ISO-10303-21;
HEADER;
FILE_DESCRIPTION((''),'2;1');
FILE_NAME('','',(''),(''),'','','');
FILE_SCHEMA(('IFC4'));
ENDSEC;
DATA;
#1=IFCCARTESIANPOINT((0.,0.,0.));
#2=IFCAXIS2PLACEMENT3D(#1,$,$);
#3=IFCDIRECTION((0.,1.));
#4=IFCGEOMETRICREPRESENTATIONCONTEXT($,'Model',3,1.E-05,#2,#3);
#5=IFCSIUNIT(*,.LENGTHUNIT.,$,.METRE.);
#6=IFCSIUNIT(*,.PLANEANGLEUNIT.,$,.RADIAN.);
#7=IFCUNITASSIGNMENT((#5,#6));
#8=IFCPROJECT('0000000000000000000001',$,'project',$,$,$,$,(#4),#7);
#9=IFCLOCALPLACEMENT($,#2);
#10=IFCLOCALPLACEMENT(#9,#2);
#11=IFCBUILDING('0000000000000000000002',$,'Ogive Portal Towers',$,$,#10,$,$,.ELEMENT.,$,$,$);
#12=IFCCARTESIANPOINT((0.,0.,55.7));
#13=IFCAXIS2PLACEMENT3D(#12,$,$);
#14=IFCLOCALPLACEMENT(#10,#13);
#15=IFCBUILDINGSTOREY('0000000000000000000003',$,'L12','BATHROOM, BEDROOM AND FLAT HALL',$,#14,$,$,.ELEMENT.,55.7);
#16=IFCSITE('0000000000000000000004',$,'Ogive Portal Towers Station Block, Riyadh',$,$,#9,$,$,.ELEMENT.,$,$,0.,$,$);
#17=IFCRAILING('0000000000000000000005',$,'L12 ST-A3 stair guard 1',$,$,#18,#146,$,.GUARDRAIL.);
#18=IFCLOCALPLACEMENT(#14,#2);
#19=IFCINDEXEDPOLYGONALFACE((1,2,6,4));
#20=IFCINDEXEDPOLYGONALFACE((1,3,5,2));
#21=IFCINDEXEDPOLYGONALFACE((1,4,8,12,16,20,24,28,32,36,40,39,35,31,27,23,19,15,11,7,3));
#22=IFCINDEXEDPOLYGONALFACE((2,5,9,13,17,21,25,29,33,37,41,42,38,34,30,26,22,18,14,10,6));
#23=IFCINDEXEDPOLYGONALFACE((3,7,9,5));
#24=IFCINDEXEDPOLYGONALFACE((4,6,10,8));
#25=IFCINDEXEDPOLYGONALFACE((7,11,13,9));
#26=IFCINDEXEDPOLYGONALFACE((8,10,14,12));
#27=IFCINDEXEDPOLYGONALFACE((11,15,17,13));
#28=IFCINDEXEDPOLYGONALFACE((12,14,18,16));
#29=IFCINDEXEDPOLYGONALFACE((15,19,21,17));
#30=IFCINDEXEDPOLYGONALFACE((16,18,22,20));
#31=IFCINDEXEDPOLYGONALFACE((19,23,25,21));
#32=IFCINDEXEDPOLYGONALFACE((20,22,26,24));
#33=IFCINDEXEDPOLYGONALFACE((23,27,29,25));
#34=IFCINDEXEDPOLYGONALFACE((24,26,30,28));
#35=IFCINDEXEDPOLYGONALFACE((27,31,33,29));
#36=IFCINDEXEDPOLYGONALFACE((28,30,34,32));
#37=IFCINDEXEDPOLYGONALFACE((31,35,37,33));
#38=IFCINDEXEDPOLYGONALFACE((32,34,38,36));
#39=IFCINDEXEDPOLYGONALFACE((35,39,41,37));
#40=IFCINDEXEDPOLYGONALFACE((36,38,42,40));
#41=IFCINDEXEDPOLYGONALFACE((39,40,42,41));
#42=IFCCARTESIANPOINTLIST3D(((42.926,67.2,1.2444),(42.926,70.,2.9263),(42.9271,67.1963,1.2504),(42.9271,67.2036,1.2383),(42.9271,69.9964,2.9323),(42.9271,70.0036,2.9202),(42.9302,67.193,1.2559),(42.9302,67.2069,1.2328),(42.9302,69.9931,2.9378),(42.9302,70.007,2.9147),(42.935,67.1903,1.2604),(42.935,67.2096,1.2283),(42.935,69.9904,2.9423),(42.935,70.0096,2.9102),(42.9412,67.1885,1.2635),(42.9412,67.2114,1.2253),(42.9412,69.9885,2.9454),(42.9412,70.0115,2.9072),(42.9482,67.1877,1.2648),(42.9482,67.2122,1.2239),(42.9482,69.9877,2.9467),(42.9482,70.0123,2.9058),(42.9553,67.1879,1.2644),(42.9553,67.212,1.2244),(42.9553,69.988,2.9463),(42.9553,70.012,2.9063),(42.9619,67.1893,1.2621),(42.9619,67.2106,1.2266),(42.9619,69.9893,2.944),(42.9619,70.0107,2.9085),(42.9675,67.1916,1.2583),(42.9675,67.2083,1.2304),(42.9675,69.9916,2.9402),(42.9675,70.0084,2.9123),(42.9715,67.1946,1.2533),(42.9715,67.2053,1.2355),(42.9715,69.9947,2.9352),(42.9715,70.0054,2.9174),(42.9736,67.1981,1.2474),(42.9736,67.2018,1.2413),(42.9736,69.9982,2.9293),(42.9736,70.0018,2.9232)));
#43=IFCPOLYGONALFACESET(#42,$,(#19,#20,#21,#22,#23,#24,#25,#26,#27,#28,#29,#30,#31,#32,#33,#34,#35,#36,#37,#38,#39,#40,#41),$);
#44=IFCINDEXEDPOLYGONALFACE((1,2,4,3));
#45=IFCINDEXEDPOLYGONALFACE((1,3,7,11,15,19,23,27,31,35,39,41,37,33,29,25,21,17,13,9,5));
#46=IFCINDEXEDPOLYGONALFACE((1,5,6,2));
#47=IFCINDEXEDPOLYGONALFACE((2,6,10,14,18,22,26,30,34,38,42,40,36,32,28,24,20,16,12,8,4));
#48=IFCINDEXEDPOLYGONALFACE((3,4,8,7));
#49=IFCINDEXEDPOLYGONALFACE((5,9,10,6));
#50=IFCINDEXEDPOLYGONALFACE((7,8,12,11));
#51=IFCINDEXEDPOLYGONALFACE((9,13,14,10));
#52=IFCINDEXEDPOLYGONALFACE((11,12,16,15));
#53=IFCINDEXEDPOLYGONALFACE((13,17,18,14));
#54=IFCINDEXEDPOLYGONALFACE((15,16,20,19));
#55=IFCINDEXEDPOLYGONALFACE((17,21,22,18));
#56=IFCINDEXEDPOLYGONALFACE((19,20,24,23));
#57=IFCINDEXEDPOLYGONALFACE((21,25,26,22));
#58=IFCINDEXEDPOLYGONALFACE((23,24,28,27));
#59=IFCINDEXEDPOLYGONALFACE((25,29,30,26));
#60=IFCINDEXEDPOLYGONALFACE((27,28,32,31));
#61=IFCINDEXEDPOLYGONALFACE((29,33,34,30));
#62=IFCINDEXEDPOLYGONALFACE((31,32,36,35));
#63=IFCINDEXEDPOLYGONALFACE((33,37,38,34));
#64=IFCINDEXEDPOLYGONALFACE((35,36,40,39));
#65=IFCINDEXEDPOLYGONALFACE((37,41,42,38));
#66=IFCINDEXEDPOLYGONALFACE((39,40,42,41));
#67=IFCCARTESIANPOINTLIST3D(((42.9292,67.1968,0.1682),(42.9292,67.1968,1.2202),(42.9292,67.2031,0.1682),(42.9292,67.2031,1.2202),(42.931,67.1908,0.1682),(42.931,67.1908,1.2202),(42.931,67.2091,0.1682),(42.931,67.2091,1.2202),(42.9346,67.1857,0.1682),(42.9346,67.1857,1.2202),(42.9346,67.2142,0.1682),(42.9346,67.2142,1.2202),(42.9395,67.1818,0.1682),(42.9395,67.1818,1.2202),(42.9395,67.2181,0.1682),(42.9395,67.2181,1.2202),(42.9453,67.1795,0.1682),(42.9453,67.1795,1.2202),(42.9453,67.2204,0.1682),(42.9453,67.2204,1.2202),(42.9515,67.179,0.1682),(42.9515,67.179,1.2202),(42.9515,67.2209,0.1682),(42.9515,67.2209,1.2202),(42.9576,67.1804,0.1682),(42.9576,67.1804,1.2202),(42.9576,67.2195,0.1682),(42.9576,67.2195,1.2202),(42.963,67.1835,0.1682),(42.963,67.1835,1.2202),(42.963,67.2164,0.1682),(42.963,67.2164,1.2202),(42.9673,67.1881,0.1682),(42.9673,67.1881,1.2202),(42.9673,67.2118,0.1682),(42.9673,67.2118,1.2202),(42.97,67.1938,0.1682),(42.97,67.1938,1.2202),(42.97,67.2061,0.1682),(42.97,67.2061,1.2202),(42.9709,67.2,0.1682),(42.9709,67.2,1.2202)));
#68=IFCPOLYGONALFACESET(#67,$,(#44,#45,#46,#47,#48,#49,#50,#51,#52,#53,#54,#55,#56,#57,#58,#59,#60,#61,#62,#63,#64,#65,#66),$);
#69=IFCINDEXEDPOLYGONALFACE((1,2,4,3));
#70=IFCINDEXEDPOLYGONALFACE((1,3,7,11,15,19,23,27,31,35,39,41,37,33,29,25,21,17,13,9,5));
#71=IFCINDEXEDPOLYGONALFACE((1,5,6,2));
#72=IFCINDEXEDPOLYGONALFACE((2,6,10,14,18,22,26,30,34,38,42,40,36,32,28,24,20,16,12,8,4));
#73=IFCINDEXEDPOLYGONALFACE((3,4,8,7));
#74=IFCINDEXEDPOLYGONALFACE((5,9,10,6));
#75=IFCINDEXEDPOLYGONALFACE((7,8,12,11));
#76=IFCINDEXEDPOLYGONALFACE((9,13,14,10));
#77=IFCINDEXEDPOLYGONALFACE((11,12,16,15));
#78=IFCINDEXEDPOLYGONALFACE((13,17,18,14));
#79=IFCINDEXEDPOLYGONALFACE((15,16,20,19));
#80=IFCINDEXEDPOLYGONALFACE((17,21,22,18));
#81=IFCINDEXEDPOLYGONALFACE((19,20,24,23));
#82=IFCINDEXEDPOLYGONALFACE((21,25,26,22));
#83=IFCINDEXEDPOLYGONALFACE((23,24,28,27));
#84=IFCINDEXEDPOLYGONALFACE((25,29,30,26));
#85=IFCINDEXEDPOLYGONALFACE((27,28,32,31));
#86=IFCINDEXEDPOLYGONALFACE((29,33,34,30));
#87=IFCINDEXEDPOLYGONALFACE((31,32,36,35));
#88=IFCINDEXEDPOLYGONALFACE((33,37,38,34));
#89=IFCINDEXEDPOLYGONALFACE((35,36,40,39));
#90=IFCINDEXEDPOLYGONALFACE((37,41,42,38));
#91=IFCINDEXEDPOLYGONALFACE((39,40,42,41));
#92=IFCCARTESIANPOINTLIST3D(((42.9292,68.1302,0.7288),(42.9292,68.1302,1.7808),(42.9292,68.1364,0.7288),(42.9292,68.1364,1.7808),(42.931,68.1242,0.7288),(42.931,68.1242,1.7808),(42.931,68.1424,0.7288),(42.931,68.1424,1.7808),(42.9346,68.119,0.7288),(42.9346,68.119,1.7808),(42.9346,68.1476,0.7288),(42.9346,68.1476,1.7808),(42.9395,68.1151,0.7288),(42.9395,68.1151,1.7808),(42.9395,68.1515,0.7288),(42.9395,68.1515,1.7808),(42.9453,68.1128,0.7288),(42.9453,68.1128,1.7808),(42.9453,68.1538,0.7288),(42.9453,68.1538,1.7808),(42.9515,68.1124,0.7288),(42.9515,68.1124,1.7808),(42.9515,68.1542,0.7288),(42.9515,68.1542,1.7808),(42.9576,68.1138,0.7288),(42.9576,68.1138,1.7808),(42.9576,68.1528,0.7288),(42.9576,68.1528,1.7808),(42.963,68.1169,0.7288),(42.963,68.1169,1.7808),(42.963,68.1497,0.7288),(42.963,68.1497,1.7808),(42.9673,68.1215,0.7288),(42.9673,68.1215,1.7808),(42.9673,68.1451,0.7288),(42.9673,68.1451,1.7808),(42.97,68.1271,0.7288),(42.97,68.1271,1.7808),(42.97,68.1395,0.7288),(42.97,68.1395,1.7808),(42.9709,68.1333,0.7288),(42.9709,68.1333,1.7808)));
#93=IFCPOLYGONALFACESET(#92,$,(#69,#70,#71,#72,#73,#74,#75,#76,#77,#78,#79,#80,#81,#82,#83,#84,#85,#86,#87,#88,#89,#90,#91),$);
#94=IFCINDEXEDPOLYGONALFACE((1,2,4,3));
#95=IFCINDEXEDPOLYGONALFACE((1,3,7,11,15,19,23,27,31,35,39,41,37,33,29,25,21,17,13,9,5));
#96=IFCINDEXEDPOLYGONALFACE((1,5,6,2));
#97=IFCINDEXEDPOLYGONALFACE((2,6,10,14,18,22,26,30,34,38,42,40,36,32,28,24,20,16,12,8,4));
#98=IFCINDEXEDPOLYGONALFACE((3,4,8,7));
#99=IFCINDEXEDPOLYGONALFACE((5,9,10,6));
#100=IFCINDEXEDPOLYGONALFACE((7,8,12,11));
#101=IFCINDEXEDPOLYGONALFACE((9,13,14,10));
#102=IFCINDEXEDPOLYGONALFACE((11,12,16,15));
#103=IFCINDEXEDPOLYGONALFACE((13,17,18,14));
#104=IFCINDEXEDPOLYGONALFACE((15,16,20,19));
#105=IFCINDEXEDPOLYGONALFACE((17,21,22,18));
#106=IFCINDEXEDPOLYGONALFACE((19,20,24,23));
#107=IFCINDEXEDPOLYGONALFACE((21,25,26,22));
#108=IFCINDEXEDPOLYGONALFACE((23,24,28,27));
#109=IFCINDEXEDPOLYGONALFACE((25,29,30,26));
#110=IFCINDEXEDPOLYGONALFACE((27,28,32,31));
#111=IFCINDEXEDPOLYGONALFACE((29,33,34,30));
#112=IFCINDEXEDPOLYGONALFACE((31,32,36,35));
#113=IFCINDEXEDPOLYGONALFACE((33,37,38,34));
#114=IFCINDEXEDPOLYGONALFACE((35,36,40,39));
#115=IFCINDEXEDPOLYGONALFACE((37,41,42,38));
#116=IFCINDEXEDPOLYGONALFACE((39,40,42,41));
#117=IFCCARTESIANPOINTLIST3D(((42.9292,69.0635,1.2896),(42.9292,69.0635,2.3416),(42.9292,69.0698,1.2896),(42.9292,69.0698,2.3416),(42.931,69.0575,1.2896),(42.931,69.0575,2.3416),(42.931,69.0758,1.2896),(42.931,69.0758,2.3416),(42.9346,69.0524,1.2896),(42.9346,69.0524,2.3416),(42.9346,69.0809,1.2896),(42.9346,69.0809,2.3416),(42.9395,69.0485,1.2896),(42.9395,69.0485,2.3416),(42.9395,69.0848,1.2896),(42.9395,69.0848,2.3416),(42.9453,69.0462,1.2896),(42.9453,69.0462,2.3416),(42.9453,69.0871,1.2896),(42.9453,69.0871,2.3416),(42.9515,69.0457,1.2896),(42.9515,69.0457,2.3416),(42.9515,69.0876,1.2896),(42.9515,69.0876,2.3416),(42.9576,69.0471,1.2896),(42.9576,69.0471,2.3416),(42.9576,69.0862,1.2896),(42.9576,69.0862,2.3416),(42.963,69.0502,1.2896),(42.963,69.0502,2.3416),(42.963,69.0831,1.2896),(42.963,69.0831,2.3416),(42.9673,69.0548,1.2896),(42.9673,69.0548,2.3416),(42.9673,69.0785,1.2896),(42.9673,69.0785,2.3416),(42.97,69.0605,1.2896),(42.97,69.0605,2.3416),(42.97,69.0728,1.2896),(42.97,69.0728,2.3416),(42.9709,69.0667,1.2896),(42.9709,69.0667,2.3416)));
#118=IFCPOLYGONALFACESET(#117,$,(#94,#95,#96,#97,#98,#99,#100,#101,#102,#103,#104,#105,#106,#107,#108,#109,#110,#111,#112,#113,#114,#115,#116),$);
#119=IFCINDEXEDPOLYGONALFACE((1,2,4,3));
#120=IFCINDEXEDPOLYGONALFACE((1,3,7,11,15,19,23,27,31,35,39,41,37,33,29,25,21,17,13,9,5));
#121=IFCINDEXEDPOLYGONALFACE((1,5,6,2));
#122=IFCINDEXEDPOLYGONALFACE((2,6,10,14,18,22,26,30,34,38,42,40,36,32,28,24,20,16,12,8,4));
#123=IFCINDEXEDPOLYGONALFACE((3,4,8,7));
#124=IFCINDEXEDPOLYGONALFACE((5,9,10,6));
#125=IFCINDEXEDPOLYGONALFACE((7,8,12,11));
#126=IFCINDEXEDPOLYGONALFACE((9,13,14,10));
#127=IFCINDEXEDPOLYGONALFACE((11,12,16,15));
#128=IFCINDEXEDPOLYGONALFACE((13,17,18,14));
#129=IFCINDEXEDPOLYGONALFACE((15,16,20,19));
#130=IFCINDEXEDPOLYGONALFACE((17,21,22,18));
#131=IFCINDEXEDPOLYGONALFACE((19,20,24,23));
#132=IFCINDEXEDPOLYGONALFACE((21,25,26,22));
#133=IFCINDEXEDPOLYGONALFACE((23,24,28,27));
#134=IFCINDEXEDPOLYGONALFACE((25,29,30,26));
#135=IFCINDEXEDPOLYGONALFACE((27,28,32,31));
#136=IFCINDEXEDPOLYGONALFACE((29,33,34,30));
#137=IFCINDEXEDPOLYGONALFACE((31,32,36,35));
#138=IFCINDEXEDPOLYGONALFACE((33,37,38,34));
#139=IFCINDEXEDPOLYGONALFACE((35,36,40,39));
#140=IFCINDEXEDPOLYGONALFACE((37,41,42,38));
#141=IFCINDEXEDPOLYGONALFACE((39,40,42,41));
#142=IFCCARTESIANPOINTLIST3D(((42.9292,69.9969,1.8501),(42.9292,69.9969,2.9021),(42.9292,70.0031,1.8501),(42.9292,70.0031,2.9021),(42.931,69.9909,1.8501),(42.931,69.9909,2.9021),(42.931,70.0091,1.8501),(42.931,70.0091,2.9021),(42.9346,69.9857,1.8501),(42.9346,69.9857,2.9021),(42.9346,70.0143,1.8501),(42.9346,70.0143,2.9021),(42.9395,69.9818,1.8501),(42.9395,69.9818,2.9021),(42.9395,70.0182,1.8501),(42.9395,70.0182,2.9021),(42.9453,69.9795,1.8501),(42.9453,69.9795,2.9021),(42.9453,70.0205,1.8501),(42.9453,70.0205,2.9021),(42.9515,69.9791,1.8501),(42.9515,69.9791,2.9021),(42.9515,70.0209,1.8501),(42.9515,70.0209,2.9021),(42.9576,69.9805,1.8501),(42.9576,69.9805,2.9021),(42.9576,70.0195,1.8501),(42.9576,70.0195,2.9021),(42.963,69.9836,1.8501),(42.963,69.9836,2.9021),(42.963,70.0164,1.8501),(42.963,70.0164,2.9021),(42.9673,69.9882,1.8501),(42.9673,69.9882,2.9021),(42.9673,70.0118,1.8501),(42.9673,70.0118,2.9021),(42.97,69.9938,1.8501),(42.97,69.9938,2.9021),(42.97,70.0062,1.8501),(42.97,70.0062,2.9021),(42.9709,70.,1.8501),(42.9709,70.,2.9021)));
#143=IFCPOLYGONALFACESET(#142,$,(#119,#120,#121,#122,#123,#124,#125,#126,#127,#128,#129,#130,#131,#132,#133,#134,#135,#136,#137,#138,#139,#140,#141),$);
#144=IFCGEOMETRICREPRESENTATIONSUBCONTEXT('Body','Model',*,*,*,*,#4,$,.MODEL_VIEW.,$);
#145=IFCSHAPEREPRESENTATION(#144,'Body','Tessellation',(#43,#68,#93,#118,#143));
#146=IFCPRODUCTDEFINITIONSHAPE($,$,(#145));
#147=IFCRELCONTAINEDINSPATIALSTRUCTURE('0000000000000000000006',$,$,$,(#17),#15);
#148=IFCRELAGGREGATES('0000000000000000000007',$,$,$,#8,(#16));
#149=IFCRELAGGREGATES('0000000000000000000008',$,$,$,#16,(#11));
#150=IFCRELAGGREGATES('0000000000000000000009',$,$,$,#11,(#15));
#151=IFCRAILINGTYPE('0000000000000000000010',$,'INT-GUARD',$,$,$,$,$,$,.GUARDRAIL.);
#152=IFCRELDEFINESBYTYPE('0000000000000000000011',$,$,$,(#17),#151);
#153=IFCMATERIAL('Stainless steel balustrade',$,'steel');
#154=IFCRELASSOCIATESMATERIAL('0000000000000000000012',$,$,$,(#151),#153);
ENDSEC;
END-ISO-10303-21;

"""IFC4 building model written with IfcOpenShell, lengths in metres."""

from ifc_helpers import new_model, si_unit, direction, frame, origin, origin_2d, place, context, subcontext, project, spatial, circle, extrude, material, type_object, element, save


model = new_model("IFC4")

# Units and contexts
model_context = context("Model", 3, precision=1e-05, world=origin(), true_north=direction((0.0, 1.0)))
body_context = subcontext(model_context, "Body", "Model", "MODEL_VIEW")
ifc_project = project(units=[si_unit("LENGTHUNIT", "METRE"), si_unit("PLANEANGLEUNIT", "RADIAN")], contexts=[model_context])

# Site, building, storey
site_placement = place(None, origin())
site = spatial("IfcSite", under=ifc_project, at=site_placement, Name="Ogive Portal Towers Station Block, Riyadh", CompositionType="ELEMENT", RefElevation=0.0)
building_placement = place(site_placement, origin())
building = spatial("IfcBuilding", under=site, at=building_placement, Name="Ogive Portal Towers", CompositionType="ELEMENT")
storey_placement = place(building_placement, frame((0.0, 0.0, 55.7)))
storey = spatial("IfcBuildingStorey", under=building, at=storey_placement, Name="L12", Description="BATHROOM, BEDROOM AND FLAT HALL", CompositionType="ELEMENT", Elevation=55.7)

# Railing
ifc_material_1 = material(Name="Stainless steel balustrade", Category="steel")
railing_type_1 = type_object("IfcRailingType", Name="INT-GUARD", PredefinedType="GUARDRAIL", material=ifc_material_1)
railing_1_placement = place(storey_placement, frame((42.95, 67.2, 0.1682)))
element("IfcRailing", 1, at=railing_1_placement, inside=storey, type_object=railing_type_1, Name="L12 ST-A3 stair guard 1", PredefinedType="GUARDRAIL", context=body_context, shape_type="SweptSolid", body=[
    extrude(circle(Radius=0.0239, at=origin_2d()), frame((0.0, 0.0, 1.0762), z_axis=(0.0, 0.857242, 0.514913), x_axis=(-1.0, 0.0, 0.0)), (0.0, 0.0, 1.0), 3.2664),
    extrude(circle(Radius=0.021, at=origin_2d()), origin(), (0.0, 0.0, 1.0), 1.052),
    extrude(circle(Radius=0.021, at=origin_2d()), frame((0.0, 0.9333, 0.5605)), (0.0, 0.0, 1.0), 1.052),
    extrude(circle(Radius=0.021, at=origin_2d()), frame((0.0, 1.8667, 1.1213)), (0.0, 0.0, 1.0), 1.052),
    extrude(circle(Radius=0.021, at=origin_2d()), frame((0.0, 2.8, 1.6819)), (0.0, 0.0, 1.0), 1.052),
])

save(model, "model.ifc")
